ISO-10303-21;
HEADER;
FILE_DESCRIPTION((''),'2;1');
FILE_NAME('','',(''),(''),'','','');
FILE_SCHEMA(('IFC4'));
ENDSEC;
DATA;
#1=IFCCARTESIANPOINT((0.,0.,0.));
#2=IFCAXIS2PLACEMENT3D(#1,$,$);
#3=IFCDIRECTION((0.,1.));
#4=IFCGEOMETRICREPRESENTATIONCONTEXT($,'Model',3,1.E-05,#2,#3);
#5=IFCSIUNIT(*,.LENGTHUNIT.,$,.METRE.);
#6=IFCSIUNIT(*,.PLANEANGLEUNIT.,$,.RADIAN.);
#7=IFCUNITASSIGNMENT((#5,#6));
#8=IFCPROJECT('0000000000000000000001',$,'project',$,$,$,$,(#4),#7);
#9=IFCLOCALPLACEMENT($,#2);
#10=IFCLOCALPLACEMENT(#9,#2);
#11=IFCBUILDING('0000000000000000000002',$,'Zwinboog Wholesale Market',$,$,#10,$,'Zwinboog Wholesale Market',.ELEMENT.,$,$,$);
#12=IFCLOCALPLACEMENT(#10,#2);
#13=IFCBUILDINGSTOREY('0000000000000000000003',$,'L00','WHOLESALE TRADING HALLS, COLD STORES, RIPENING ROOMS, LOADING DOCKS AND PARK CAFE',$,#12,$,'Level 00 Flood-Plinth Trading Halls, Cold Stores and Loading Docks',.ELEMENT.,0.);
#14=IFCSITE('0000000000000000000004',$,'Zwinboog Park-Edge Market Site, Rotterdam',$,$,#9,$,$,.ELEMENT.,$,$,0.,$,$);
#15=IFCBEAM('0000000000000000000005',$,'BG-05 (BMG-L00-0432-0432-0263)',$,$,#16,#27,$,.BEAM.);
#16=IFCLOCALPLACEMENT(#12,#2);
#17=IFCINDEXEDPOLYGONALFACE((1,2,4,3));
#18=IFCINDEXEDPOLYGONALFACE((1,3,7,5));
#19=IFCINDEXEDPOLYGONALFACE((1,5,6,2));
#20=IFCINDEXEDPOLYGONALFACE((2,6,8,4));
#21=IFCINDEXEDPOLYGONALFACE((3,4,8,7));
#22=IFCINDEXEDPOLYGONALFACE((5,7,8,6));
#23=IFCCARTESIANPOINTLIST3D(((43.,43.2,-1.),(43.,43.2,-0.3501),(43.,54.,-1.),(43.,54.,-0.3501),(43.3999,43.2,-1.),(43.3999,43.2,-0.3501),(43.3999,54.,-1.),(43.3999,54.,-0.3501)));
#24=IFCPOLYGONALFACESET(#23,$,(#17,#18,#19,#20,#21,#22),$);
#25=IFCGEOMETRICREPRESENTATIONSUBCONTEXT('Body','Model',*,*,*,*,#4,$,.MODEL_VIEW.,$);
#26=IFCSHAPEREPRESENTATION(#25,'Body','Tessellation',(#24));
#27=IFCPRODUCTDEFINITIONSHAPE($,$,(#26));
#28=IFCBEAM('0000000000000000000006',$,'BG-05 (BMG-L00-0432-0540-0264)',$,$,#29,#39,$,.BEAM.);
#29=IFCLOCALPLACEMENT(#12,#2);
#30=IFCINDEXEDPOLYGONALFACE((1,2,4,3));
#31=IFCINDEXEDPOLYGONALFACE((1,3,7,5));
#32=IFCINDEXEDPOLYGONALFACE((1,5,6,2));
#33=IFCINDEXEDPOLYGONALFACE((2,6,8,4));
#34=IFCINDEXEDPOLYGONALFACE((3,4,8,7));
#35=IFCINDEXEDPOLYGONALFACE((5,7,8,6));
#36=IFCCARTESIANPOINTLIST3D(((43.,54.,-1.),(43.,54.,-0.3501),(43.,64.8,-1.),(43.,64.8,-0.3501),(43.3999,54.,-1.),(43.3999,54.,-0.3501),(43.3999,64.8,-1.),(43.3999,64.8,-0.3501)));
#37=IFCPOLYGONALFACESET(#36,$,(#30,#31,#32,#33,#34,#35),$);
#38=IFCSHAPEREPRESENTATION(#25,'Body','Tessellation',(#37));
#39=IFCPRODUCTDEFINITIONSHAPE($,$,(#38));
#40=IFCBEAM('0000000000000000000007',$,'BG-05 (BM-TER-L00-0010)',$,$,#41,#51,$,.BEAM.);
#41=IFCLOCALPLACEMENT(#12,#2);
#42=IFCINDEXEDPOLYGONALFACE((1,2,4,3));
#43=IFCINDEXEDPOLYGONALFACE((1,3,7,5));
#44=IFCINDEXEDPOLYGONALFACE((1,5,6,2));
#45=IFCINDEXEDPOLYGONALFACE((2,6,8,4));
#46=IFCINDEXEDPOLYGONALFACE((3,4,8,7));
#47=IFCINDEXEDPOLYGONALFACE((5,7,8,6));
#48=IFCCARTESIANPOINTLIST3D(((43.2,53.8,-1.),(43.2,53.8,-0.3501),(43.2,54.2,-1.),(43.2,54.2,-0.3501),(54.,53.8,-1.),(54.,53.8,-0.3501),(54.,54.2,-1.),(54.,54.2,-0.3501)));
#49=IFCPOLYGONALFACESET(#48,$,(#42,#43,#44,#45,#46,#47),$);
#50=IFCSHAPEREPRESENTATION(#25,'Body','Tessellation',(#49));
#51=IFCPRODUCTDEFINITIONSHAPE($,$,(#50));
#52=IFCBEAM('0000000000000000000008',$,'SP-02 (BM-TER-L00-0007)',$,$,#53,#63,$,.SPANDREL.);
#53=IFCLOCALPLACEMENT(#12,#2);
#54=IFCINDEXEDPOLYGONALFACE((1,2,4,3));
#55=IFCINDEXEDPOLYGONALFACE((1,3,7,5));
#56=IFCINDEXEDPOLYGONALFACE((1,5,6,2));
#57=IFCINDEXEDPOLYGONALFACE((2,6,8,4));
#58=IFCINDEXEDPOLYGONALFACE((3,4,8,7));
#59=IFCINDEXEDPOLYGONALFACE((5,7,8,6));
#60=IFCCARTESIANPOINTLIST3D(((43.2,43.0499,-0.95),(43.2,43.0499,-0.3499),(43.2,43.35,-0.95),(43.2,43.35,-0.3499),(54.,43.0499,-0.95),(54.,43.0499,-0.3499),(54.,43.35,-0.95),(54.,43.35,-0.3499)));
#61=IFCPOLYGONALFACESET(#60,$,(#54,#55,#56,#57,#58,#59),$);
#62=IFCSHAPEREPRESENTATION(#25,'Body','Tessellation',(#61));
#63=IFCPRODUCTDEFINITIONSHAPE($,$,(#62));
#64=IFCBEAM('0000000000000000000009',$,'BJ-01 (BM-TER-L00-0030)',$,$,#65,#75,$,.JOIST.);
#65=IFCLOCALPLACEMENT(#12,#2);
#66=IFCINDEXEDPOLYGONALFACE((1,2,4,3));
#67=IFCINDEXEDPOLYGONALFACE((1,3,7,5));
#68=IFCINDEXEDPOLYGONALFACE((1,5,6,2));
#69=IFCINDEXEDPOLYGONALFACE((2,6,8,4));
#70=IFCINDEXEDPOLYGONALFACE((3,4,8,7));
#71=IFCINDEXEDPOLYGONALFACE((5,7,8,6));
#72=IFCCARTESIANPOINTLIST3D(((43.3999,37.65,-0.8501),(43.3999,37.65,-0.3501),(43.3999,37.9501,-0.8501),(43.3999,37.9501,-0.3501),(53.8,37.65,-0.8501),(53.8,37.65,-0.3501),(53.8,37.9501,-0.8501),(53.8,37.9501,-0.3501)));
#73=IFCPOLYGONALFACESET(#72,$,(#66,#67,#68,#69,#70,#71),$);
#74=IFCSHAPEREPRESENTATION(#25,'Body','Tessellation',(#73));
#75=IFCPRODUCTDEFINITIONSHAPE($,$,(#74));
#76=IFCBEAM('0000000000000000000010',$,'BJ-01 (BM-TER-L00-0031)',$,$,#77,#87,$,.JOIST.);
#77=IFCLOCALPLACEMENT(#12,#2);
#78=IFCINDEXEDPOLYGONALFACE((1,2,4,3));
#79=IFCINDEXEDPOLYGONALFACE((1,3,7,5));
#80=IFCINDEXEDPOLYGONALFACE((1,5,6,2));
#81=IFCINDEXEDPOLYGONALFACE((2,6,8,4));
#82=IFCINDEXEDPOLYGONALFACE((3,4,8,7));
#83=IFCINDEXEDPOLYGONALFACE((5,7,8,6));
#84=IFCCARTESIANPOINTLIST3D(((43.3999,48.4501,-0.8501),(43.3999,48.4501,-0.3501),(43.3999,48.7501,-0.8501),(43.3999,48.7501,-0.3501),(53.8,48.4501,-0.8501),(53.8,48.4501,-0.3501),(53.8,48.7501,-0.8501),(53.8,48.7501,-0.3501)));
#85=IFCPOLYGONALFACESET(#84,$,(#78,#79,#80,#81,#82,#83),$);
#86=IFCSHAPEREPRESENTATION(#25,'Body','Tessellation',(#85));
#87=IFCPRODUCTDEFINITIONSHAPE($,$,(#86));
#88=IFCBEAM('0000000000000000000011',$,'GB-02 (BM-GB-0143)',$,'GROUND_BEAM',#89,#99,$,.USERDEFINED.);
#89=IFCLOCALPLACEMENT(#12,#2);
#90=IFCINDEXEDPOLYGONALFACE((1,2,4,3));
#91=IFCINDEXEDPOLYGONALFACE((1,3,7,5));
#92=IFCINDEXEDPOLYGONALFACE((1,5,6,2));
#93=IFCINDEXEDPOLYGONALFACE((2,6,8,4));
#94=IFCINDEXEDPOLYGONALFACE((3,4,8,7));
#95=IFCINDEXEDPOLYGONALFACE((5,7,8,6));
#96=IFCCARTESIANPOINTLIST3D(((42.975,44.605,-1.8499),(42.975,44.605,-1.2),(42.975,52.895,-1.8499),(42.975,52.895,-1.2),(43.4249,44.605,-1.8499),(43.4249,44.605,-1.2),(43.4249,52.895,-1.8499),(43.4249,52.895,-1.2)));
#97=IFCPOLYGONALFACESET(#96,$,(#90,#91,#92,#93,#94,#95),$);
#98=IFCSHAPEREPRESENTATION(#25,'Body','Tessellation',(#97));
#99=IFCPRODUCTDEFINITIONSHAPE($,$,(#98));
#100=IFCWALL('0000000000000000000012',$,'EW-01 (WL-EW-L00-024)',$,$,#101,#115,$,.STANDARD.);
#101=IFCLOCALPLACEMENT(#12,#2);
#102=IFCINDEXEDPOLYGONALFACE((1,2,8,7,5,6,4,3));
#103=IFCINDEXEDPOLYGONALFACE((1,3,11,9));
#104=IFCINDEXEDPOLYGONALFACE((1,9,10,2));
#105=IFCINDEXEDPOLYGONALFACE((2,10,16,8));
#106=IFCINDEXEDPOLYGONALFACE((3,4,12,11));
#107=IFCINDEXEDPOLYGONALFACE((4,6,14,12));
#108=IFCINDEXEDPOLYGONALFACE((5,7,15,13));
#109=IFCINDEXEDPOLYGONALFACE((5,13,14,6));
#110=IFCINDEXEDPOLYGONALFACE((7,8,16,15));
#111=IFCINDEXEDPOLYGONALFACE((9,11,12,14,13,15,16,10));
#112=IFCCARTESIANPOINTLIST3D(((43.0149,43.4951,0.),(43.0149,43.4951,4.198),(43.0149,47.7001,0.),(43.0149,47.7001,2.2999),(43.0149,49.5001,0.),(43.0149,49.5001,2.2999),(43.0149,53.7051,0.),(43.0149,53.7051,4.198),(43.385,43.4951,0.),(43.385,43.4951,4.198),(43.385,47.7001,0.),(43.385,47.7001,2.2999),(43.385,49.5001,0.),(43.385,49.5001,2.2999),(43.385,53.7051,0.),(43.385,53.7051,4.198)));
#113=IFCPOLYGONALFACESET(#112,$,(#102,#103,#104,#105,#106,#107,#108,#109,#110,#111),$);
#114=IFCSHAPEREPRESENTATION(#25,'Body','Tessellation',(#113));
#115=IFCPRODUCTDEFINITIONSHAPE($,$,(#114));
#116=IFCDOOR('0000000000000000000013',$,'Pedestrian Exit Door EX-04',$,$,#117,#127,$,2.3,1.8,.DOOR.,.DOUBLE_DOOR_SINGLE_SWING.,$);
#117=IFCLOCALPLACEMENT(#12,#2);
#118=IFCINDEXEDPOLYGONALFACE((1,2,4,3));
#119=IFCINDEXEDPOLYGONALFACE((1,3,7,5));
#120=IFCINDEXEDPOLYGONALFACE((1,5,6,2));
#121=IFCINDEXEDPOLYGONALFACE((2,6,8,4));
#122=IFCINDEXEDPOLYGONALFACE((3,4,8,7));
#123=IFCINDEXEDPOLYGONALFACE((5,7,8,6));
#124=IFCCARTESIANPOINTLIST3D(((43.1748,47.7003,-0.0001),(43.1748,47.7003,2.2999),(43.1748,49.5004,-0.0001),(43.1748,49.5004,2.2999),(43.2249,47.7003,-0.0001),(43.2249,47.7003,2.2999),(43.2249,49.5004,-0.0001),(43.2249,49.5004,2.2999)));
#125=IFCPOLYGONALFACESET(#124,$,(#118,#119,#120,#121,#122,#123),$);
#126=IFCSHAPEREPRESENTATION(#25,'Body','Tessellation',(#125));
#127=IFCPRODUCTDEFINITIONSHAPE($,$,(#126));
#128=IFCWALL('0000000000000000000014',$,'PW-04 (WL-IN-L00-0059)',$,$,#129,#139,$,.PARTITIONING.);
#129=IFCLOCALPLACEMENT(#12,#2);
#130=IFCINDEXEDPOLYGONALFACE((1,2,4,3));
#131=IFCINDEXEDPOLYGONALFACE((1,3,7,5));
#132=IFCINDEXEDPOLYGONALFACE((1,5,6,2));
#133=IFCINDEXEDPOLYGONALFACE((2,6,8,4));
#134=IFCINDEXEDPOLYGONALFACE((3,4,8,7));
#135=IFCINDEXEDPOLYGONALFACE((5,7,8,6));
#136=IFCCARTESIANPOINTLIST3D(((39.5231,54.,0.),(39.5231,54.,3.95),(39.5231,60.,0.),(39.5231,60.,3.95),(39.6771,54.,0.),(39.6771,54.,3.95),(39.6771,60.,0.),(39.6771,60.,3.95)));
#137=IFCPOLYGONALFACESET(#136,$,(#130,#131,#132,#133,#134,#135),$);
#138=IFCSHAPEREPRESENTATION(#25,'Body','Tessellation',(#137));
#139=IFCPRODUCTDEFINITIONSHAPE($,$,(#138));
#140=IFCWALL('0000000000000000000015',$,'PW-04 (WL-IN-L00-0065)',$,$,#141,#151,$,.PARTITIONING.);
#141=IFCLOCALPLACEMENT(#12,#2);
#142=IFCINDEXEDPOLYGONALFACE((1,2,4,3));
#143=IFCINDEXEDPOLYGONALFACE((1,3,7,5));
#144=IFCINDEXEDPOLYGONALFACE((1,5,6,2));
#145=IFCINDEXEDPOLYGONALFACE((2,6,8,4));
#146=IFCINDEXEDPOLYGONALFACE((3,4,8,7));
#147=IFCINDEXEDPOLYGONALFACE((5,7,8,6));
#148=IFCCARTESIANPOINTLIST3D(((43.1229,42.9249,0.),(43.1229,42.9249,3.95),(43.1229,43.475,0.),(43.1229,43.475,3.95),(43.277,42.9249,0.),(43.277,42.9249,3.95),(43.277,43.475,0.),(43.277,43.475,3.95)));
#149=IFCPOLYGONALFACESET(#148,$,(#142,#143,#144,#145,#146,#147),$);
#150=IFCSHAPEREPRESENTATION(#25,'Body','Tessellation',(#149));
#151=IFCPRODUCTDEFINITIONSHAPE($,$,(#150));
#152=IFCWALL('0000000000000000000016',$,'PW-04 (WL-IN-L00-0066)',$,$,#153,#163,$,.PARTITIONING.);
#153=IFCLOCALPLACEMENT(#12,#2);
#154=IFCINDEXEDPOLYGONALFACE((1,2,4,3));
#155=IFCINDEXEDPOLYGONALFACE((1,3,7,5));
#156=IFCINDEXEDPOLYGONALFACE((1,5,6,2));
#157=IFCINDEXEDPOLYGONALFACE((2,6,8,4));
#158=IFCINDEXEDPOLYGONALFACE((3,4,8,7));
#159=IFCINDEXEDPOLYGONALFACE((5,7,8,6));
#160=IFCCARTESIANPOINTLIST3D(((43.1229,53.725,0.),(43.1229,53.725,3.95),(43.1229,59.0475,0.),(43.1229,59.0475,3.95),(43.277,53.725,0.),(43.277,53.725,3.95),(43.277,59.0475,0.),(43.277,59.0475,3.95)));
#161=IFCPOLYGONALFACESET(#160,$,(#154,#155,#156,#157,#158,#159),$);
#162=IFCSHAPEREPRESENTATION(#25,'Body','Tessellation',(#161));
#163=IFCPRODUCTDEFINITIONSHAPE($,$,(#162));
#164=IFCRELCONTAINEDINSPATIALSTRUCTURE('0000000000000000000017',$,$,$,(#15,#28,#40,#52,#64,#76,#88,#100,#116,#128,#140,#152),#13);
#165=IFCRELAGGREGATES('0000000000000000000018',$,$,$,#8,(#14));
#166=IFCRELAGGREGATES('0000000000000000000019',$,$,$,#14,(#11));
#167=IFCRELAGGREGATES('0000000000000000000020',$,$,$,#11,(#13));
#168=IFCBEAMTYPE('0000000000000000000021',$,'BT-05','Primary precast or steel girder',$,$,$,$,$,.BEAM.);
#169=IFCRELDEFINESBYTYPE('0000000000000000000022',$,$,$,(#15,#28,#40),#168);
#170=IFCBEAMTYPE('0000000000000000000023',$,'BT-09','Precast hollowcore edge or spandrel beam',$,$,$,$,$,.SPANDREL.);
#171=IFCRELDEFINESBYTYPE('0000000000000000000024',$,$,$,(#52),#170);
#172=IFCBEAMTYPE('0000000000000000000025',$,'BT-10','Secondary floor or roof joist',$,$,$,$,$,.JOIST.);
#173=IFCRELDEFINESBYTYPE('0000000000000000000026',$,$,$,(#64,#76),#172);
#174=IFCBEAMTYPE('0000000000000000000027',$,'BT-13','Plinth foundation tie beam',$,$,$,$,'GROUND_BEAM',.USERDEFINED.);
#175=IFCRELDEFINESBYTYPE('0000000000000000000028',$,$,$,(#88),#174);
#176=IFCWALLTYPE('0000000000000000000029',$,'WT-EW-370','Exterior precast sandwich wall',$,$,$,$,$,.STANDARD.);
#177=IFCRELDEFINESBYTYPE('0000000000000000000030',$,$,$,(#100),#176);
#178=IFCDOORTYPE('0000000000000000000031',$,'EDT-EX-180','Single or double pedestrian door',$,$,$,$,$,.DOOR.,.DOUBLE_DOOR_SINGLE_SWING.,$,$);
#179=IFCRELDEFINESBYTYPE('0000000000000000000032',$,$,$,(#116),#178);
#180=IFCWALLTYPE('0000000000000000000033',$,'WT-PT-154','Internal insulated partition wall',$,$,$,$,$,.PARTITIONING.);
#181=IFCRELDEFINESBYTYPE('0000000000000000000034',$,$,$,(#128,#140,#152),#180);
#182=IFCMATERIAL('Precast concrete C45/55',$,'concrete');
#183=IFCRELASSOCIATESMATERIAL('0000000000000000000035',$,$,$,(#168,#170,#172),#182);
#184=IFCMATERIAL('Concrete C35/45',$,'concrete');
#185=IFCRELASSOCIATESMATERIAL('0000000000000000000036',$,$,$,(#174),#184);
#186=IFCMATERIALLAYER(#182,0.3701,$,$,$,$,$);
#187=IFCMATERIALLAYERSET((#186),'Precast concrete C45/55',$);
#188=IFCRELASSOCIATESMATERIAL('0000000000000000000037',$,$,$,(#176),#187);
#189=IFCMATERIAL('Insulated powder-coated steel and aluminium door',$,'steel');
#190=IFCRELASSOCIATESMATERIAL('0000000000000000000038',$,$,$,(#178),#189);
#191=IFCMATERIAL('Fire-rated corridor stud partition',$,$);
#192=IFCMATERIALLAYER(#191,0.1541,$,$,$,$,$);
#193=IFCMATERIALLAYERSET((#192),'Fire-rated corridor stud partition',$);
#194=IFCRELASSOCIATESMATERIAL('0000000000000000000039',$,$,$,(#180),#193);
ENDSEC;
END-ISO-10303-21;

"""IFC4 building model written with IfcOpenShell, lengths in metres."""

from ifc_helpers import new_model, si_unit, direction, frame, frame_2d, origin, origin_2d, place, context, subcontext, project, spatial, rectangle, extrude, material, layer, layer_set, material_profile, profile_set, type_object, element, fill, save


model = new_model("IFC4")

# Units and contexts
model_context = context("Model", 3, precision=1e-05, world=origin(), true_north=direction((0.0, 1.0)))
body_context = subcontext(model_context, "Body", "Model", "MODEL_VIEW")
ifc_project = project(units=[si_unit("LENGTHUNIT", "METRE"), si_unit("PLANEANGLEUNIT", "RADIAN")], contexts=[model_context])

# Site, building, storey
site_placement = place(None, origin())
site = spatial("IfcSite", under=ifc_project, at=site_placement, Name="Zwinboog Park-Edge Market Site, Rotterdam", CompositionType="ELEMENT", RefElevation=0.0)
building_placement = place(site_placement, origin())
building = spatial("IfcBuilding", under=site, at=building_placement, Name="Zwinboog Wholesale Market", LongName="Zwinboog Wholesale Market", CompositionType="ELEMENT")
storey_placement = place(building_placement, origin())
storey = spatial("IfcBuildingStorey", under=building, at=storey_placement, Name="L00", Description="WHOLESALE TRADING HALLS, COLD STORES, RIPENING ROOMS, LOADING DOCKS AND PARK CAFE", LongName="Level 00 Flood-Plinth Trading Halls, Cold Stores and Loading Docks", CompositionType="ELEMENT", Elevation=0.0)

# Shared definitions
ifc_material_1 = material(Name="Concrete C35/45", Category="concrete")

# Shared definitions
ifc_material_2 = material(Name="Precast concrete C45/55", Category="concrete")

# Beams
ifc_material_profile_1 = material_profile(ifc_material_2, rectangle(XDim=0.3999, YDim=0.6499, at=origin_2d()), Name="PC 400x650")
ifc_profile_set_1 = profile_set([ifc_material_profile_1], Name="Precast concrete C45/55")
beam_type_1 = type_object("IfcBeamType", Name="BT-05", Description="Primary precast or steel girder", PredefinedType="BEAM", material=ifc_profile_set_1)
for number, where, z_axis, x_axis, name in (
    (1, (43.2, 43.2, -0.675), (0.0, 1.0, 0.0), (-1.0, 0.0, 0.0), "BG-05 (BMG-L00-0432-0432-0263)"),
    (2, (43.2, 54.0, -0.675), (0.0, 1.0, 0.0), (-1.0, 0.0, 0.0), "BG-05 (BMG-L00-0432-0540-0264)"),
    (3, (43.2, 54.0, -0.675), (1.0, 0.0, 0.0), (0.0, 1.0, 0.0), "BG-05 (BM-TER-L00-0010)"),
):
    element("IfcBeam", number, at=place(storey_placement, frame(where, z_axis=z_axis, x_axis=x_axis)), inside=storey, type_object=beam_type_1, Name=name, PredefinedType="BEAM", context=body_context, shape_type="SweptSolid", body=[
        extrude(rectangle(XDim=0.3999, YDim=0.6499, at=origin_2d()), origin(), (0.0, 0.0, 1.0), 10.8),
    ])
ifc_material_profile_2 = material_profile(ifc_material_2, rectangle(XDim=0.3, YDim=0.6001, at=origin_2d()), Name="PC 300x600")
ifc_profile_set_2 = profile_set([ifc_material_profile_2], Name="Precast concrete C45/55")
beam_type_2 = type_object("IfcBeamType", Name="BT-09", Description="Precast hollowcore edge or spandrel beam", PredefinedType="SPANDREL", material=ifc_profile_set_2)
beam_1_placement = place(storey_placement, frame((43.2, 43.2, -0.6499), z_axis=(1.0, 0.0, 0.0), x_axis=(0.0, 1.0, 0.0)))
element("IfcBeam", 4, at=beam_1_placement, inside=storey, type_object=beam_type_2, Name="SP-02 (BM-TER-L00-0007)", PredefinedType="SPANDREL", context=body_context, shape_type="SweptSolid", body=[
    extrude(rectangle(XDim=0.3, YDim=0.6001, at=origin_2d()), origin(), (0.0, 0.0, 1.0), 10.8),
])
ifc_material_profile_3 = material_profile(ifc_material_2, rectangle(XDim=0.3, YDim=0.5, at=origin_2d()), Name="PC 300x500")
ifc_profile_set_3 = profile_set([ifc_material_profile_3], Name="Precast concrete C45/55")
beam_type_3 = type_object("IfcBeamType", Name="BT-10", Description="Secondary floor or roof joist", PredefinedType="JOIST", material=ifc_profile_set_3)
for number, where, z_axis, x_axis, name in (
    (5, (43.3999, 37.8, -0.6001), (1.0, 0.0, 0.0), (0.0, 1.0, 0.0), "BJ-01 (BM-TER-L00-0030)"),
    (6, (43.3999, 48.6001, -0.6001), (1.0, 0.0, 0.0), (0.0, 1.0, 0.0), "BJ-01 (BM-TER-L00-0031)"),
):
    element("IfcBeam", number, at=place(storey_placement, frame(where, z_axis=z_axis, x_axis=x_axis)), inside=storey, type_object=beam_type_3, Name=name, PredefinedType="JOIST", context=body_context, shape_type="SweptSolid", body=[
        extrude(rectangle(XDim=0.3, YDim=0.5, at=origin_2d()), origin(), (0.0, 0.0, 1.0), 10.4001),
    ])
ifc_material_profile_4 = material_profile(ifc_material_1, rectangle(XDim=0.45, YDim=0.6499, at=origin_2d()), Name="RC 450x650")
ifc_profile_set_4 = profile_set([ifc_material_profile_4], Name="Concrete C35/45")
beam_type_4 = type_object("IfcBeamType", Name="BT-13", Description="Plinth foundation tie beam", ElementType="GROUND_BEAM", PredefinedType="USERDEFINED", material=ifc_profile_set_4)
beam_2_placement = place(storey_placement, frame((43.2, 44.605, -1.5249), z_axis=(0.0, 1.0, 0.0), x_axis=(-1.0, 0.0, 0.0)))
element("IfcBeam", 7, at=beam_2_placement, inside=storey, type_object=beam_type_4, Name="GB-02 (BM-GB-0143)", ObjectType="GROUND_BEAM", PredefinedType="USERDEFINED", context=body_context, shape_type="SweptSolid", body=[
    extrude(rectangle(XDim=0.45, YDim=0.6499, at=origin_2d()), origin(), (0.0, 0.0, 1.0), 8.29),
])

# Wall, opening, door
ifc_layer_1 = layer(ifc_material_2, 0.3701)
ifc_layer_set_1 = layer_set([ifc_layer_1], Name="Precast concrete C45/55")
wall_type_1 = type_object("IfcWallType", Name="WT-EW-370", Description="Exterior precast sandwich wall", PredefinedType="STANDARD", material=ifc_layer_set_1)
wall_1_placement = place(storey_placement, frame((43.2, 43.4951, 0.0), z_axis=(0.0, 0.0, 1.0), x_axis=(0.0, 1.0, 0.0)))
wall_1 = element("IfcWall", 8, at=wall_1_placement, inside=storey, type_object=wall_type_1, Name="EW-01 (WL-EW-L00-024)", PredefinedType="STANDARD", context=body_context, shape_type="SweptSolid", body=[
    extrude(rectangle(XDim=10.21, YDim=0.3701, at=frame_2d((5.105, 0.0))), origin(), (0.0, 0.0, 1.0), 4.198),
])
opening_placement = place(wall_1_placement, frame((4.2051, 0.0, 0.0)))
opening = element("IfcOpeningElement", 9, at=opening_placement, cuts=wall_1, PredefinedType="OPENING", context=body_context, shape_type="SweptSolid", body=[
    extrude(rectangle(XDim=1.8, YDim=2.3, at=frame_2d((0.8999, 1.1499))), frame((0.0, 0.1951, 0.0), z_axis=(0.0, -1.0, 0.0), x_axis=(1.0, 0.0, 0.0)), (0.0, 0.0, 1.0), 0.3901),
])
ifc_material_3 = material(Name="Insulated powder-coated steel and aluminium door", Category="steel")
door_type = type_object("IfcDoorType", Name="EDT-EX-180", Description="Single or double pedestrian door", OperationType="DOUBLE_DOOR_SINGLE_SWING", PredefinedType="DOOR", material=ifc_material_3)
door_placement = place(opening_placement, frame((1.8, 0.0, 0.0), z_axis=(0.0, 0.0, 1.0), x_axis=(-1.0, 0.0, 0.0)))
door = element("IfcDoor", 10, at=door_placement, inside=storey, type_object=door_type, Name="Pedestrian Exit Door EX-04", OperationType="DOUBLE_DOOR_SINGLE_SWING", OverallHeight=2.3, OverallWidth=1.8, PredefinedType="DOOR", context=body_context, shape_type="SweptSolid", body=[
    extrude(rectangle(XDim=1.8, YDim=2.3, at=frame_2d((0.8999, 1.1499))), frame((0.0, 0.0249, 0.0), z_axis=(0.0, -1.0, 0.0), x_axis=(1.0, 0.0, 0.0)), (0.0, 0.0, 1.0), 0.05),
])
fill(opening, door)

# Walls
ifc_material_4 = material(Name="Fire-rated corridor stud partition")
ifc_layer_2 = layer(ifc_material_4, 0.1541)
ifc_layer_set_2 = layer_set([ifc_layer_2], Name="Fire-rated corridor stud partition")
wall_type_2 = type_object("IfcWallType", Name="WT-PT-154", Description="Internal insulated partition wall", PredefinedType="PARTITIONING", material=ifc_layer_set_2)
wall_2_placement = place(storey_placement, frame((39.6001, 54.0, 0.0), z_axis=(0.0, 0.0, 1.0), x_axis=(0.0, 1.0, 0.0)))
element("IfcWall", 11, at=wall_2_placement, inside=storey, type_object=wall_type_2, Name="PW-04 (WL-IN-L00-0059)", PredefinedType="PARTITIONING", context=body_context, shape_type="SweptSolid", body=[
    extrude(rectangle(XDim=6.0, YDim=0.1541, at=frame_2d((3.0, 0.0))), origin(), (0.0, 0.0, 1.0), 3.95),
])
wall_3_placement = place(storey_placement, frame((43.2, 42.925, 0.0), z_axis=(0.0, 0.0, 1.0), x_axis=(0.0, 1.0, 0.0)))
element("IfcWall", 12, at=wall_3_placement, inside=storey, type_object=wall_type_2, Name="PW-04 (WL-IN-L00-0065)", PredefinedType="PARTITIONING", context=body_context, shape_type="SweptSolid", body=[
    extrude(rectangle(XDim=0.55, YDim=0.1541, at=frame_2d((0.2749, 0.0))), origin(), (0.0, 0.0, 1.0), 3.95),
])
wall_4_placement = place(storey_placement, frame((43.2, 53.7251, 0.0), z_axis=(0.0, 0.0, 1.0), x_axis=(0.0, 1.0, 0.0)))
element("IfcWall", 13, at=wall_4_placement, inside=storey, type_object=wall_type_2, Name="PW-04 (WL-IN-L00-0066)", PredefinedType="PARTITIONING", context=body_context, shape_type="SweptSolid", body=[
    extrude(rectangle(XDim=5.3225, YDim=0.1541, at=frame_2d((2.6611, 0.0))), origin(), (0.0, 0.0, 1.0), 3.95),
])

save(model, "model.ifc")
